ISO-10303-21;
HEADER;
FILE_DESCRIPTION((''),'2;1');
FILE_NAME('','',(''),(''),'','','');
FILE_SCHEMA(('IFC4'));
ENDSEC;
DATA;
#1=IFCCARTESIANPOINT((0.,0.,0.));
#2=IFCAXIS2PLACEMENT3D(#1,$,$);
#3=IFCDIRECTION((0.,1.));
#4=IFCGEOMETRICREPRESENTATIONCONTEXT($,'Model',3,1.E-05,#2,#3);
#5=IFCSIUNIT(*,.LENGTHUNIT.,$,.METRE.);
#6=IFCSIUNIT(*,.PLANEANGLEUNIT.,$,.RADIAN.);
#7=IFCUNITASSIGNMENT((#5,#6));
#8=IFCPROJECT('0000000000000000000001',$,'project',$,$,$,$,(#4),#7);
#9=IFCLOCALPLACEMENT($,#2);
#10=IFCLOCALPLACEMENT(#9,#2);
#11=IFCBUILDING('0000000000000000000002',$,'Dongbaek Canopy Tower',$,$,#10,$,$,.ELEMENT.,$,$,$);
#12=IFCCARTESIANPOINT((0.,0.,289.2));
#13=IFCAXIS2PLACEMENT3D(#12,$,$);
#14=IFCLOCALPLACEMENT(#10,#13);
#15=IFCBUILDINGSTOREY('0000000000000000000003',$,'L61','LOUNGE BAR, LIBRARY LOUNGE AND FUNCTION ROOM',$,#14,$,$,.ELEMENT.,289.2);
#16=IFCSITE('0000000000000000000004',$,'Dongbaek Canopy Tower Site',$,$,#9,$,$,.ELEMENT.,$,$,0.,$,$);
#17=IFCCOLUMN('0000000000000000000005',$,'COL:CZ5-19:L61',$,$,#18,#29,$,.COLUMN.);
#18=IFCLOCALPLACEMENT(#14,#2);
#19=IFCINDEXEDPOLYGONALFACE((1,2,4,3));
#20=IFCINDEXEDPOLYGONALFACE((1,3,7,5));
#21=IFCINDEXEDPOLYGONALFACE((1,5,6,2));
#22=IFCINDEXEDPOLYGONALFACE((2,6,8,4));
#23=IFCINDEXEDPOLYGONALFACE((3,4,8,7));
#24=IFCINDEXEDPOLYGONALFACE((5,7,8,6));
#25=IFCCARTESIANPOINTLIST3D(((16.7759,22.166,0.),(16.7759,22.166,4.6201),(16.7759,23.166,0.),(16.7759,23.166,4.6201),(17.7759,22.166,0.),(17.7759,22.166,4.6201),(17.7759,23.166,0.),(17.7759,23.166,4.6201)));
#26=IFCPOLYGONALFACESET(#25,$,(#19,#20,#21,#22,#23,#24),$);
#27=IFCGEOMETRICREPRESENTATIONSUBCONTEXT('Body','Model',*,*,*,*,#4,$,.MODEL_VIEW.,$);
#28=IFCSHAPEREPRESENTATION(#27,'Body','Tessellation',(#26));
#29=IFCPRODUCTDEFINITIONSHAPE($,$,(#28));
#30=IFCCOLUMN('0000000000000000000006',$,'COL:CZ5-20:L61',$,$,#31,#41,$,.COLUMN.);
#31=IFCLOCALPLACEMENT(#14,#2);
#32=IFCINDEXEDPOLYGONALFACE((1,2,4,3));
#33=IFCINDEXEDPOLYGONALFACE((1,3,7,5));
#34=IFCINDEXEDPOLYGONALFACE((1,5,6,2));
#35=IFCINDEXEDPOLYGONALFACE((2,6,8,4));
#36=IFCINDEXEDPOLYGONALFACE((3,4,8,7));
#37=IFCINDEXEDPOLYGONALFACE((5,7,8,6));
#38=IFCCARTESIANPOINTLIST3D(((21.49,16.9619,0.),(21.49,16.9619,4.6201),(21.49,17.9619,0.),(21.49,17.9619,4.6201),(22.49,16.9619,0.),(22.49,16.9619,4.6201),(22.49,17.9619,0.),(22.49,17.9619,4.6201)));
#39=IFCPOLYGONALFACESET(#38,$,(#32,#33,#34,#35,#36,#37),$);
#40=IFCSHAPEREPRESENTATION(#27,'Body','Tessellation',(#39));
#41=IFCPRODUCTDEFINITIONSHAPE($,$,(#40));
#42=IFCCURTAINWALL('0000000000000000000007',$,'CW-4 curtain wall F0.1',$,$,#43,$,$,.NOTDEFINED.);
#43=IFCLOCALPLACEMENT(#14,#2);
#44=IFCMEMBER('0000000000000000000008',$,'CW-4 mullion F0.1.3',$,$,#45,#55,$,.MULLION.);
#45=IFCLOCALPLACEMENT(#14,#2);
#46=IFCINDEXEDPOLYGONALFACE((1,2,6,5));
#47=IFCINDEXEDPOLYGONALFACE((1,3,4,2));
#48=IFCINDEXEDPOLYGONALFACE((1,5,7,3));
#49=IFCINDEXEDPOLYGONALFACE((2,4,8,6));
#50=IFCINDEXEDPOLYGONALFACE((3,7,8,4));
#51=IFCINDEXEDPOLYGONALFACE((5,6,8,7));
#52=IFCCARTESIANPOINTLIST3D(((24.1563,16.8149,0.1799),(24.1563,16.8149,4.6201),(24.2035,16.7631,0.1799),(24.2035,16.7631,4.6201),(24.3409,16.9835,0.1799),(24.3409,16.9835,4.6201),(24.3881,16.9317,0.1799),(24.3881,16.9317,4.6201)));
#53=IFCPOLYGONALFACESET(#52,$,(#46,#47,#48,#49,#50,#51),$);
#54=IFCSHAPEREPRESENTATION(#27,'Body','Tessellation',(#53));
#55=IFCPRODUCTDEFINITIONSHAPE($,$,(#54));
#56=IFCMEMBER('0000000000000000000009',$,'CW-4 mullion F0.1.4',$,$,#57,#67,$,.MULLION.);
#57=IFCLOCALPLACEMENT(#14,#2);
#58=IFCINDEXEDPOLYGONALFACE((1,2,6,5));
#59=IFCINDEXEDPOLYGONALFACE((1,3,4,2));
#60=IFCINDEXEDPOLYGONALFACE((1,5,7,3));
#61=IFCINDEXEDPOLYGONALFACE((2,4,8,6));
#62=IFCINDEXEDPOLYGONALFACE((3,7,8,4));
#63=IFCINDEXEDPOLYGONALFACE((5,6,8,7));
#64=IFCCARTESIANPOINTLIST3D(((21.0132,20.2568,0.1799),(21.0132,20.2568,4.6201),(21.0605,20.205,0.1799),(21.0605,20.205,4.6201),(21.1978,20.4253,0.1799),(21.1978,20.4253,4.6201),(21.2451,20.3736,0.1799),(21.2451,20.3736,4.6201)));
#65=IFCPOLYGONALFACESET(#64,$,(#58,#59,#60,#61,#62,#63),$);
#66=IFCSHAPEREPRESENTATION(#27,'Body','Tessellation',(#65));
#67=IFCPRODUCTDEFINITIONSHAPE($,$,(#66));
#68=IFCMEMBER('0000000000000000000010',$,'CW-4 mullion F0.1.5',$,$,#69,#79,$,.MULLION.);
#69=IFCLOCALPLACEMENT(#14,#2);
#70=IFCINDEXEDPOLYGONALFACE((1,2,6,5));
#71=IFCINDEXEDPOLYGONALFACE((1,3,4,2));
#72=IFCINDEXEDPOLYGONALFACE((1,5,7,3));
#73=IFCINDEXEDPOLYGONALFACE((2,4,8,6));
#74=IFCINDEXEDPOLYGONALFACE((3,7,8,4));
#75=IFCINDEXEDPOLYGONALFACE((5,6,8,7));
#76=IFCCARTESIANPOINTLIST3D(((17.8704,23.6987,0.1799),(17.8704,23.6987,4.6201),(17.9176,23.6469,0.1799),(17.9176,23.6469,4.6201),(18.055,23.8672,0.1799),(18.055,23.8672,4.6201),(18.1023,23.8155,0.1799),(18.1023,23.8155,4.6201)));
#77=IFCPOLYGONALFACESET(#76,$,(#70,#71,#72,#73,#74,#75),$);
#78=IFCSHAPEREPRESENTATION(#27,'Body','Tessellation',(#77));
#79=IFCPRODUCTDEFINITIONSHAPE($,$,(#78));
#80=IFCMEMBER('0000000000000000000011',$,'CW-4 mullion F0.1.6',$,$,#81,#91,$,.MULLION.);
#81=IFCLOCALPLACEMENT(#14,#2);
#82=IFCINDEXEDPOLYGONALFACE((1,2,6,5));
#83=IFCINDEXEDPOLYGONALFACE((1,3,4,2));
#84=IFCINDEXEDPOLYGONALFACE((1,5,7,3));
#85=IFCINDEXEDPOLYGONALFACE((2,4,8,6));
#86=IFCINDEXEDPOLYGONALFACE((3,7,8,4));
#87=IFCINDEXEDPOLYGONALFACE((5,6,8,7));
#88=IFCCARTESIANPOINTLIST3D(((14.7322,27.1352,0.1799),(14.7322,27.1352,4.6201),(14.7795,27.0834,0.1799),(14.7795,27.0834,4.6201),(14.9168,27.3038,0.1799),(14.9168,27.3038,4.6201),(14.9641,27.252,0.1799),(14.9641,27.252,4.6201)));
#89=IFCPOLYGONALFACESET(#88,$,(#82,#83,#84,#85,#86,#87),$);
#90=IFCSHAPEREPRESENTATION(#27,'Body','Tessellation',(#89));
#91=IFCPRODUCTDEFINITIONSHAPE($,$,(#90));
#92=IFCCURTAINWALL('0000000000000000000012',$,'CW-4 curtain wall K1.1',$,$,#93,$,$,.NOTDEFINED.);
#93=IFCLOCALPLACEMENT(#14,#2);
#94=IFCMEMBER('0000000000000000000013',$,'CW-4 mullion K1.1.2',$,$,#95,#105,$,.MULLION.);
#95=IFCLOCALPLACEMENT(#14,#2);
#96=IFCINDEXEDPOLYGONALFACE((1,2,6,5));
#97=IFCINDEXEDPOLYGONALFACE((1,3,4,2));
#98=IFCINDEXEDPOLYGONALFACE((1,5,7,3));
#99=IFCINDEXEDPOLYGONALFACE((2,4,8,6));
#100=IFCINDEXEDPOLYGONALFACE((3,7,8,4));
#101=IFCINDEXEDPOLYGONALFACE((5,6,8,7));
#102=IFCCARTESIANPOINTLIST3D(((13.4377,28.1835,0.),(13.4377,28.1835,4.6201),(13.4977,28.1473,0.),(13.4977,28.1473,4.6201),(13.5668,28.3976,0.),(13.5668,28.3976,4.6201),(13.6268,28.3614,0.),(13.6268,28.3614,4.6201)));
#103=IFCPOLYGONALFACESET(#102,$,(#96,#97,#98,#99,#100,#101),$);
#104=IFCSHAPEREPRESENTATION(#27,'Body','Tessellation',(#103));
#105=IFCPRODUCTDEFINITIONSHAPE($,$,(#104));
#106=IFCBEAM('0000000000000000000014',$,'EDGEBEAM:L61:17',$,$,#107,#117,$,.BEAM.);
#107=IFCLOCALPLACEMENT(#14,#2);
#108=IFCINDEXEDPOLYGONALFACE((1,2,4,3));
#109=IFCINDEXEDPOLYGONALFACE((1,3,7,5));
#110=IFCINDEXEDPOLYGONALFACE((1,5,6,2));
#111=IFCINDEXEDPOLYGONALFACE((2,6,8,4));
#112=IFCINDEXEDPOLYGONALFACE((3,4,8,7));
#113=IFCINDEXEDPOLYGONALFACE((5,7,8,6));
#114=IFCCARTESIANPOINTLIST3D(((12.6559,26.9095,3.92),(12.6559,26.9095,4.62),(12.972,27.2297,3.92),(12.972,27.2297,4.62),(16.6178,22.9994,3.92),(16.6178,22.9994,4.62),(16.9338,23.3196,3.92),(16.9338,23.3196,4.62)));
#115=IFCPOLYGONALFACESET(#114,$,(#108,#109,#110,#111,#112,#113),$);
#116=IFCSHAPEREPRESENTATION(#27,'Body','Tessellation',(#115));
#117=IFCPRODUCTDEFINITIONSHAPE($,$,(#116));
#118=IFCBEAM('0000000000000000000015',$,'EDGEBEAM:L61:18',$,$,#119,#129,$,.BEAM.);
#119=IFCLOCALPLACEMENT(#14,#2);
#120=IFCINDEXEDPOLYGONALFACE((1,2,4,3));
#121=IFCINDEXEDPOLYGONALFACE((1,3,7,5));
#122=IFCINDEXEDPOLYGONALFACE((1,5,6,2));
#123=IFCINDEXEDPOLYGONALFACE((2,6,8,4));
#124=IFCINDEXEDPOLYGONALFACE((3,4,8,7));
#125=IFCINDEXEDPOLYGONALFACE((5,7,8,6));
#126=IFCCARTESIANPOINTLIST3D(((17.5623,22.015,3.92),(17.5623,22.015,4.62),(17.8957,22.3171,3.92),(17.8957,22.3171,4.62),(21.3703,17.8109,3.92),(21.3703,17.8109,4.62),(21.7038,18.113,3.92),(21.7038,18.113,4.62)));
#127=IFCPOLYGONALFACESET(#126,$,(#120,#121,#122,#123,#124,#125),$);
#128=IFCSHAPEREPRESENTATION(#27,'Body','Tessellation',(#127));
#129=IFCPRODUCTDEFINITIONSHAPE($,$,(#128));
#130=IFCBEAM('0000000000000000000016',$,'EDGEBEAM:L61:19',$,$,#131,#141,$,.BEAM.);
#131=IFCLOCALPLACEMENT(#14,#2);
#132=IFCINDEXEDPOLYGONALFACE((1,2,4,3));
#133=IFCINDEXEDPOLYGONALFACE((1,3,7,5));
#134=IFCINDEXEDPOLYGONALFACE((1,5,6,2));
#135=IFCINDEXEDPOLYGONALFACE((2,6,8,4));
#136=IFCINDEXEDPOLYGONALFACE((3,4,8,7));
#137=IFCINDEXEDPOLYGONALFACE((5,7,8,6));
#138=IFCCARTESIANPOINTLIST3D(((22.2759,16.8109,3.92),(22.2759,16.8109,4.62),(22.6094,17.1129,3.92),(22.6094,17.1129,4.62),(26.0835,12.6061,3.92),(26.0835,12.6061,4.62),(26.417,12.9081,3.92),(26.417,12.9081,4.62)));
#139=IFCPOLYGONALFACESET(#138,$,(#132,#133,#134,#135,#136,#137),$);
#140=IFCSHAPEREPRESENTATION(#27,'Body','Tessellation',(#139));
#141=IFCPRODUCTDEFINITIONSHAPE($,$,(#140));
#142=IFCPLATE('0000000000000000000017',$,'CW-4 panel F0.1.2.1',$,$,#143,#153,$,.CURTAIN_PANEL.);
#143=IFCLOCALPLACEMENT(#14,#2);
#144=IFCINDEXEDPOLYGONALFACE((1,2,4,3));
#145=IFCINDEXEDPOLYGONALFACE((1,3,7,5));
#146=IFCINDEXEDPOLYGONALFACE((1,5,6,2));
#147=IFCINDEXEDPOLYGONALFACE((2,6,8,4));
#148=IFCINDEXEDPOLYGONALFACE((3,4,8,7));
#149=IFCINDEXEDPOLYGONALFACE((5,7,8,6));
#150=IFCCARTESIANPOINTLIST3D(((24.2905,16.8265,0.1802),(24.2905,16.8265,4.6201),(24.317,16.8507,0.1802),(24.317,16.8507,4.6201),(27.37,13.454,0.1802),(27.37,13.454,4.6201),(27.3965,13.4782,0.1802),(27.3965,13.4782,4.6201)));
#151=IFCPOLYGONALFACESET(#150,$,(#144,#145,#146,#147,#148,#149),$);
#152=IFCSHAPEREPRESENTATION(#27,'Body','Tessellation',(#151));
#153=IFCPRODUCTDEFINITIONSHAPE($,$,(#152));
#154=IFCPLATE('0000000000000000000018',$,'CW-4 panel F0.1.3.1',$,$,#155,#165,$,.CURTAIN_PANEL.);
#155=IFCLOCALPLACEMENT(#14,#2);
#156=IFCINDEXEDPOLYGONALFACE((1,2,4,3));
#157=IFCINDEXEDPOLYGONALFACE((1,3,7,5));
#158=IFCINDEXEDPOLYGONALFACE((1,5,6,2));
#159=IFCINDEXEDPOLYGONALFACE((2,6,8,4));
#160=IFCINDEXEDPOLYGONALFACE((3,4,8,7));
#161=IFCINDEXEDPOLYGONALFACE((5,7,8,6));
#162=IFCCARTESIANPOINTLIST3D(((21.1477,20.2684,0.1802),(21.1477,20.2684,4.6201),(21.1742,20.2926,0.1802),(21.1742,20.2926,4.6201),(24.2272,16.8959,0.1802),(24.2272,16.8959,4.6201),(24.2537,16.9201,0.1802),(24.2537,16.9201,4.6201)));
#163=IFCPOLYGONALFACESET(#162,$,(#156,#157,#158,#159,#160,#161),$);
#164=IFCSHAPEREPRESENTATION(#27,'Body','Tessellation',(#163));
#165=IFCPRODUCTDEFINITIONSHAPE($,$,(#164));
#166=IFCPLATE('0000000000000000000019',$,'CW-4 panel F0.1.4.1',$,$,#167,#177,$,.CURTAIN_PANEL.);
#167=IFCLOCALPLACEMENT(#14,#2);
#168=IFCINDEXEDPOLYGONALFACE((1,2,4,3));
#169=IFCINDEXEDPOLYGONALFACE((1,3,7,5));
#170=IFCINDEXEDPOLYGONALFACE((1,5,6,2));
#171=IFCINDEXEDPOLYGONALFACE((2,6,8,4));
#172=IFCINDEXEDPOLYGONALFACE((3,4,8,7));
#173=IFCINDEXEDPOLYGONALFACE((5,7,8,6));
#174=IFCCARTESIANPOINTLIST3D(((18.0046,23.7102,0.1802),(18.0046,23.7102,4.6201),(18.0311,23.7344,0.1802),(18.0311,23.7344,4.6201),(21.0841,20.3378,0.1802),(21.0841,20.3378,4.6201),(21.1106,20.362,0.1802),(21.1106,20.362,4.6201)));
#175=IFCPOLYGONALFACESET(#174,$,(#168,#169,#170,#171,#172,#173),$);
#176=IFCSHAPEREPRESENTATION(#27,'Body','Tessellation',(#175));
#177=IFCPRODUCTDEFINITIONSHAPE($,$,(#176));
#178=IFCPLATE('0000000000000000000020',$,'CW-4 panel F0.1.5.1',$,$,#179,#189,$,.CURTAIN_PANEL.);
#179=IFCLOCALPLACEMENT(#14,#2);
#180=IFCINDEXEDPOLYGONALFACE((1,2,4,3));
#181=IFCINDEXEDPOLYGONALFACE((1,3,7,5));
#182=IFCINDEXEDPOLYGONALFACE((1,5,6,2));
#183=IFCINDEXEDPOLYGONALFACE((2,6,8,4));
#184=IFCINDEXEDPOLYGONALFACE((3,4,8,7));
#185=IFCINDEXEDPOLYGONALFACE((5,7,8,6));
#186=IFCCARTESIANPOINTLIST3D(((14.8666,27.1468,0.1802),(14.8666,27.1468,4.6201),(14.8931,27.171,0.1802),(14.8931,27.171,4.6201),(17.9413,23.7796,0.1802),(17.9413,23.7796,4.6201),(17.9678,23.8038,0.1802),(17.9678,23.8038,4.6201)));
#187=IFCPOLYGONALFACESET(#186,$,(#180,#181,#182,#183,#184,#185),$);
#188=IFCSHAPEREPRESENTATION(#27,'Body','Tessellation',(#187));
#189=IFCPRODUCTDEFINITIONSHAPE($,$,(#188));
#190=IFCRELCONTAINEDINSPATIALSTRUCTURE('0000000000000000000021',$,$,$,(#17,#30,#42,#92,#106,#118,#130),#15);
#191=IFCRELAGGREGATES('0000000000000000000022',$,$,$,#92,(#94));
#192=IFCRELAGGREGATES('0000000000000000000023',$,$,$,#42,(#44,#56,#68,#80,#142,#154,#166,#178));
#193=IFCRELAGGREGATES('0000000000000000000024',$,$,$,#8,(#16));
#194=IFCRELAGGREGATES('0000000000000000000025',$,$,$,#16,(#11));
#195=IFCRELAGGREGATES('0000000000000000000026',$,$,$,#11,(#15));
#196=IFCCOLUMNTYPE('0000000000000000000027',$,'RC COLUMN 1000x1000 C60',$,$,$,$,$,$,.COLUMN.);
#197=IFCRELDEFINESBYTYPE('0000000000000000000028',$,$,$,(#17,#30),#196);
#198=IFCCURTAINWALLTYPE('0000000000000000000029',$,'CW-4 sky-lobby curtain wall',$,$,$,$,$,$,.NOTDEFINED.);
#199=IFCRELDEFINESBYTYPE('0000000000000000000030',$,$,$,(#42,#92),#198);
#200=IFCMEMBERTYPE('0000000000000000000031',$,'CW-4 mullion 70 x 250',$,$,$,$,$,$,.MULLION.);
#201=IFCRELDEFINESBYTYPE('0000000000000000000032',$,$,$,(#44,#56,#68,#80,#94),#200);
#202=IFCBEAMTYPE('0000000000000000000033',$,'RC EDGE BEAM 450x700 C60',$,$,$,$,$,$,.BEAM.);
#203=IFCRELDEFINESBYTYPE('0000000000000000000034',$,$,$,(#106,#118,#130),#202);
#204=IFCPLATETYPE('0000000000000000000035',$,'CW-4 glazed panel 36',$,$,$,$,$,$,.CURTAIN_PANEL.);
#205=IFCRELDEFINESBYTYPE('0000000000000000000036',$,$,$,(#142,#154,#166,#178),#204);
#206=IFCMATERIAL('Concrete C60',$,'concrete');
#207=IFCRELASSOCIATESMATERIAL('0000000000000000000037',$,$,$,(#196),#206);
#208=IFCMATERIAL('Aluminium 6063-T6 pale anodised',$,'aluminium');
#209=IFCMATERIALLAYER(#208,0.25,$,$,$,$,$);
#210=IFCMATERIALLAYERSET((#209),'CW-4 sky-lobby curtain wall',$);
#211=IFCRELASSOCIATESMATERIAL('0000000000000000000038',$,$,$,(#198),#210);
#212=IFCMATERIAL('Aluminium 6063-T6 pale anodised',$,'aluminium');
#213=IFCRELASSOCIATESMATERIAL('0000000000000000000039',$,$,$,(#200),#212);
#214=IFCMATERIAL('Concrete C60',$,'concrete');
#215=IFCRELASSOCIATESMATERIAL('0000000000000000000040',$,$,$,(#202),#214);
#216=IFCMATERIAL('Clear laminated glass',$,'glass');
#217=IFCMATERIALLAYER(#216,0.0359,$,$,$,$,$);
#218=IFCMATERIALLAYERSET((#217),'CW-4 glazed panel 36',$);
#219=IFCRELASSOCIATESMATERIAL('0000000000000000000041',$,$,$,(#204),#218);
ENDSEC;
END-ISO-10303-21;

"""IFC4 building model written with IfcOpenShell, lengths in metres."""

from ifc_helpers import new_model, si_unit, direction, frame, origin, origin_2d, place, context, subcontext, project, spatial, rectangle, extrude, material, layer, layer_set, material_profile, profile_set, type_object, element, aggregate, save


model = new_model("IFC4")

# Units and contexts
model_context = context("Model", 3, precision=1e-05, world=origin(), true_north=direction((0.0, 1.0)))
body_context = subcontext(model_context, "Body", "Model", "MODEL_VIEW")
ifc_project = project(units=[si_unit("LENGTHUNIT", "METRE"), si_unit("PLANEANGLEUNIT", "RADIAN")], contexts=[model_context])

# Site, building, storey
site_placement = place(None, origin())
site = spatial("IfcSite", under=ifc_project, at=site_placement, Name="Dongbaek Canopy Tower Site", CompositionType="ELEMENT", RefElevation=0.0)
building_placement = place(site_placement, origin())
building = spatial("IfcBuilding", under=site, at=building_placement, Name="Dongbaek Canopy Tower", CompositionType="ELEMENT")
storey_placement = place(building_placement, frame((0.0, 0.0, 289.2)))
storey = spatial("IfcBuildingStorey", under=building, at=storey_placement, Name="L61", Description="LOUNGE BAR, LIBRARY LOUNGE AND FUNCTION ROOM", CompositionType="ELEMENT", Elevation=289.2)

# Columns
ifc_material_1 = material(Name="Concrete C60", Category="concrete")
ifc_material_profile_1 = material_profile(ifc_material_1, rectangle(XDim=1.0, YDim=1.0, at=origin_2d()), Name="RC COLUMN 1000x1000 C60")
ifc_profile_set_1 = profile_set([ifc_material_profile_1], Name="Concrete C60")
column_type = type_object("IfcColumnType", Name="RC COLUMN 1000x1000 C60", PredefinedType="COLUMN", material=ifc_profile_set_1)
for number, where, z_axis, x_axis, name in (
    (1, (17.2759, 22.666, 0.0), (0.0, 0.0, 1.0), (1.0, 0.0, 0.0), "COL:CZ5-19:L61"),
    (2, (21.99, 17.4619, 0.0), (0.0, 0.0, 1.0), (1.0, 0.0, 0.0), "COL:CZ5-20:L61"),
):
    element("IfcColumn", number, at=place(storey_placement, frame(where, z_axis=z_axis, x_axis=x_axis)), inside=storey, type_object=column_type, Name=name, PredefinedType="COLUMN", context=body_context, shape_type="SweptSolid", body=[
        extrude(rectangle(XDim=1.0, YDim=1.0, at=origin_2d()), origin(), (0.0, 0.0, 1.0), 4.6201),
    ])

# Curtain wall, members
ifc_material_2 = material(Name="Aluminium 6063-T6 pale anodised", Category="aluminium")
ifc_layer_1 = layer(ifc_material_2, 0.25)
ifc_layer_set_1 = layer_set([ifc_layer_1], Name="CW-4 sky-lobby curtain wall")
curtain_wall_type = type_object("IfcCurtainWallType", Name="CW-4 sky-lobby curtain wall", PredefinedType="NOTDEFINED", material=ifc_layer_set_1)
curtain_wall_1_placement = place(storey_placement, origin())
curtain_wall_1 = element("IfcCurtainWall", 3, at=curtain_wall_1_placement, inside=storey, type_object=curtain_wall_type, Name="CW-4 curtain wall F0.1", PredefinedType="NOTDEFINED")
ifc_material_3 = material(Name="Aluminium 6063-T6 pale anodised", Category="aluminium")
ifc_material_profile_2 = material_profile(ifc_material_3, rectangle(XDim=0.25, YDim=0.0701, at=origin_2d()), Name="CW-4 mullion 70 x 250")
ifc_profile_set_2 = profile_set([ifc_material_profile_2], Name="Aluminium 6063-T6 pale anodised")
member_type = type_object("IfcMemberType", Name="CW-4 mullion 70 x 250", PredefinedType="MULLION", material=ifc_profile_set_2)
member_1_placement = place(storey_placement, frame((24.2722, 16.8733, 0.1799), z_axis=(0.0, 0.0, 1.0), x_axis=(0.738451, 0.674308, 0.0)))
member_1 = element("IfcMember", 4, at=member_1_placement, type_object=member_type, Name="CW-4 mullion F0.1.3", PredefinedType="MULLION", context=body_context, shape_type="SweptSolid", body=[
    extrude(rectangle(XDim=0.25, YDim=0.0701, at=origin_2d()), origin(), (0.0, 0.0, 1.0), 4.4402),
])
member_2_placement = place(storey_placement, frame((21.1292, 20.3152, 0.1799), z_axis=(0.0, 0.0, 1.0), x_axis=(0.738451, 0.674308, 0.0)))
member_2 = element("IfcMember", 5, at=member_2_placement, type_object=member_type, Name="CW-4 mullion F0.1.4", PredefinedType="MULLION", context=body_context, shape_type="SweptSolid", body=[
    extrude(rectangle(XDim=0.25, YDim=0.0701, at=origin_2d()), origin(), (0.0, 0.0, 1.0), 4.4402),
])
member_3_placement = place(storey_placement, frame((17.9863, 23.7571, 0.1799), z_axis=(0.0, 0.0, 1.0), x_axis=(0.738451, 0.674308, 0.0)))
member_3 = element("IfcMember", 6, at=member_3_placement, type_object=member_type, Name="CW-4 mullion F0.1.5", PredefinedType="MULLION", context=body_context, shape_type="SweptSolid", body=[
    extrude(rectangle(XDim=0.25, YDim=0.0701, at=origin_2d()), origin(), (0.0, 0.0, 1.0), 4.4402),
])
member_4_placement = place(storey_placement, frame((14.8481, 27.1936, 0.1799), z_axis=(0.0, 0.0, 1.0), x_axis=(0.738451, 0.674308, 0.0)))
member_4 = element("IfcMember", 7, at=member_4_placement, type_object=member_type, Name="CW-4 mullion F0.1.6", PredefinedType="MULLION", context=body_context, shape_type="SweptSolid", body=[
    extrude(rectangle(XDim=0.25, YDim=0.0701, at=origin_2d()), origin(), (0.0, 0.0, 1.0), 4.4402),
])

# Curtain wall, member
curtain_wall_2_placement = place(storey_placement, origin())
curtain_wall_2 = element("IfcCurtainWall", 8, at=curtain_wall_2_placement, inside=storey, type_object=curtain_wall_type, Name="CW-4 curtain wall K1.1", PredefinedType="NOTDEFINED")
member_5_placement = place(storey_placement, frame((13.5322, 28.2725, 0.0), z_axis=(0.0, 0.0, 1.0), x_axis=(0.51631, 0.856402, 0.0)))
member_5 = element("IfcMember", 9, at=member_5_placement, type_object=member_type, Name="CW-4 mullion K1.1.2", PredefinedType="MULLION", context=body_context, shape_type="SweptSolid", body=[
    extrude(rectangle(XDim=0.25, YDim=0.0701, at=origin_2d()), origin(), (0.0, 0.0, 1.0), 4.6201),
])

# Beams
ifc_material_4 = material(Name="Concrete C60", Category="concrete")
ifc_material_profile_3 = material_profile(ifc_material_4, rectangle(XDim=0.45, YDim=0.7, at=origin_2d()), Name="RC EDGE BEAM 450x700 C60")
ifc_profile_set_3 = profile_set([ifc_material_profile_3], Name="Concrete C60")
beam_type = type_object("IfcBeamType", Name="RC EDGE BEAM 450x700 C60", PredefinedType="BEAM", material=ifc_profile_set_3)
beam_1_placement = place(storey_placement, frame((12.814, 27.0696, 4.27), z_axis=(0.711741, -0.702442, 0.0), x_axis=(0.702442, 0.711741, 0.0)))
element("IfcBeam", 10, at=beam_1_placement, inside=storey, type_object=beam_type, Name="EDGEBEAM:L61:17", PredefinedType="BEAM", context=body_context, shape_type="SweptSolid", body=[
    extrude(rectangle(XDim=0.45, YDim=0.7, at=origin_2d()), origin(), (0.0, 0.0, 1.0), 5.5664),
])
beam_2_placement = place(storey_placement, frame((17.729, 22.166, 4.27), z_axis=(0.671339, -0.74115, 0.0), x_axis=(0.74115, 0.671339, 0.0)))
element("IfcBeam", 11, at=beam_2_placement, inside=storey, type_object=beam_type, Name="EDGEBEAM:L61:18", PredefinedType="BEAM", context=body_context, shape_type="SweptSolid", body=[
    extrude(rectangle(XDim=0.45, YDim=0.7, at=origin_2d()), origin(), (0.0, 0.0, 1.0), 5.6724),
])
beam_3_placement = place(storey_placement, frame((22.4426, 16.9619, 4.27), z_axis=(0.671228, -0.741251, 0.0), x_axis=(0.741251, 0.671228, 0.0)))
element("IfcBeam", 12, at=beam_3_placement, inside=storey, type_object=beam_type, Name="EDGEBEAM:L61:19", PredefinedType="BEAM", context=body_context, shape_type="SweptSolid", body=[
    extrude(rectangle(XDim=0.45, YDim=0.7, at=origin_2d()), origin(), (0.0, 0.0, 1.0), 5.6726),
])

# Plates
ifc_material_5 = material(Name="Clear laminated glass", Category="glass")
ifc_layer_2 = layer(ifc_material_5, 0.0359)
ifc_layer_set_2 = layer_set([ifc_layer_2], Name="CW-4 glazed panel 36")
plate_type = type_object("IfcPlateType", Name="CW-4 glazed panel 36", PredefinedType="CURTAIN_PANEL", material=ifc_layer_set_2)
plate_1_placement = place(storey_placement, frame((25.8435, 15.1523, 0.1802), z_axis=(0.0, 0.0, 1.0), x_axis=(-0.674308, 0.738451, 0.0)))
plate_1 = element("IfcPlate", 13, at=plate_1_placement, type_object=plate_type, Name="CW-4 panel F0.1.2.1", PredefinedType="CURTAIN_PANEL", context=body_context, shape_type="SweptSolid", body=[
    extrude(rectangle(XDim=4.5669, YDim=0.0359, at=origin_2d()), origin(), (0.0, 0.0, 1.0), 4.4399),
])
plate_2_placement = place(storey_placement, frame((22.7007, 18.5942, 0.1802), z_axis=(0.0, 0.0, 1.0), x_axis=(-0.674308, 0.738451, 0.0)))
plate_2 = element("IfcPlate", 14, at=plate_2_placement, type_object=plate_type, Name="CW-4 panel F0.1.3.1", PredefinedType="CURTAIN_PANEL", context=body_context, shape_type="SweptSolid", body=[
    extrude(rectangle(XDim=4.5669, YDim=0.0359, at=origin_2d()), origin(), (0.0, 0.0, 1.0), 4.4399),
])
plate_3_placement = place(storey_placement, frame((19.5576, 22.0361, 0.1802), z_axis=(0.0, 0.0, 1.0), x_axis=(-0.674308, 0.738451, 0.0)))
plate_3 = element("IfcPlate", 15, at=plate_3_placement, type_object=plate_type, Name="CW-4 panel F0.1.4.1", PredefinedType="CURTAIN_PANEL", context=body_context, shape_type="SweptSolid", body=[
    extrude(rectangle(XDim=4.5669, YDim=0.0359, at=origin_2d()), origin(), (0.0, 0.0, 1.0), 4.4399),
])
plate_4_placement = place(storey_placement, frame((16.4172, 25.4753, 0.1802), z_axis=(0.0, 0.0, 1.0), x_axis=(-0.674308, 0.738451, 0.0)))
plate_4 = element("IfcPlate", 16, at=plate_4_placement, type_object=plate_type, Name="CW-4 panel F0.1.5.1", PredefinedType="CURTAIN_PANEL", context=body_context, shape_type="SweptSolid", body=[
    extrude(rectangle(XDim=4.5598, YDim=0.0359, at=origin_2d()), origin(), (0.0, 0.0, 1.0), 4.4399),
])
aggregate(curtain_wall_2, [member_5])

aggregate(curtain_wall_1, [member_1, member_2, member_3, member_4, plate_1, plate_2, plate_3, plate_4])

save(model, "model.ifc")
